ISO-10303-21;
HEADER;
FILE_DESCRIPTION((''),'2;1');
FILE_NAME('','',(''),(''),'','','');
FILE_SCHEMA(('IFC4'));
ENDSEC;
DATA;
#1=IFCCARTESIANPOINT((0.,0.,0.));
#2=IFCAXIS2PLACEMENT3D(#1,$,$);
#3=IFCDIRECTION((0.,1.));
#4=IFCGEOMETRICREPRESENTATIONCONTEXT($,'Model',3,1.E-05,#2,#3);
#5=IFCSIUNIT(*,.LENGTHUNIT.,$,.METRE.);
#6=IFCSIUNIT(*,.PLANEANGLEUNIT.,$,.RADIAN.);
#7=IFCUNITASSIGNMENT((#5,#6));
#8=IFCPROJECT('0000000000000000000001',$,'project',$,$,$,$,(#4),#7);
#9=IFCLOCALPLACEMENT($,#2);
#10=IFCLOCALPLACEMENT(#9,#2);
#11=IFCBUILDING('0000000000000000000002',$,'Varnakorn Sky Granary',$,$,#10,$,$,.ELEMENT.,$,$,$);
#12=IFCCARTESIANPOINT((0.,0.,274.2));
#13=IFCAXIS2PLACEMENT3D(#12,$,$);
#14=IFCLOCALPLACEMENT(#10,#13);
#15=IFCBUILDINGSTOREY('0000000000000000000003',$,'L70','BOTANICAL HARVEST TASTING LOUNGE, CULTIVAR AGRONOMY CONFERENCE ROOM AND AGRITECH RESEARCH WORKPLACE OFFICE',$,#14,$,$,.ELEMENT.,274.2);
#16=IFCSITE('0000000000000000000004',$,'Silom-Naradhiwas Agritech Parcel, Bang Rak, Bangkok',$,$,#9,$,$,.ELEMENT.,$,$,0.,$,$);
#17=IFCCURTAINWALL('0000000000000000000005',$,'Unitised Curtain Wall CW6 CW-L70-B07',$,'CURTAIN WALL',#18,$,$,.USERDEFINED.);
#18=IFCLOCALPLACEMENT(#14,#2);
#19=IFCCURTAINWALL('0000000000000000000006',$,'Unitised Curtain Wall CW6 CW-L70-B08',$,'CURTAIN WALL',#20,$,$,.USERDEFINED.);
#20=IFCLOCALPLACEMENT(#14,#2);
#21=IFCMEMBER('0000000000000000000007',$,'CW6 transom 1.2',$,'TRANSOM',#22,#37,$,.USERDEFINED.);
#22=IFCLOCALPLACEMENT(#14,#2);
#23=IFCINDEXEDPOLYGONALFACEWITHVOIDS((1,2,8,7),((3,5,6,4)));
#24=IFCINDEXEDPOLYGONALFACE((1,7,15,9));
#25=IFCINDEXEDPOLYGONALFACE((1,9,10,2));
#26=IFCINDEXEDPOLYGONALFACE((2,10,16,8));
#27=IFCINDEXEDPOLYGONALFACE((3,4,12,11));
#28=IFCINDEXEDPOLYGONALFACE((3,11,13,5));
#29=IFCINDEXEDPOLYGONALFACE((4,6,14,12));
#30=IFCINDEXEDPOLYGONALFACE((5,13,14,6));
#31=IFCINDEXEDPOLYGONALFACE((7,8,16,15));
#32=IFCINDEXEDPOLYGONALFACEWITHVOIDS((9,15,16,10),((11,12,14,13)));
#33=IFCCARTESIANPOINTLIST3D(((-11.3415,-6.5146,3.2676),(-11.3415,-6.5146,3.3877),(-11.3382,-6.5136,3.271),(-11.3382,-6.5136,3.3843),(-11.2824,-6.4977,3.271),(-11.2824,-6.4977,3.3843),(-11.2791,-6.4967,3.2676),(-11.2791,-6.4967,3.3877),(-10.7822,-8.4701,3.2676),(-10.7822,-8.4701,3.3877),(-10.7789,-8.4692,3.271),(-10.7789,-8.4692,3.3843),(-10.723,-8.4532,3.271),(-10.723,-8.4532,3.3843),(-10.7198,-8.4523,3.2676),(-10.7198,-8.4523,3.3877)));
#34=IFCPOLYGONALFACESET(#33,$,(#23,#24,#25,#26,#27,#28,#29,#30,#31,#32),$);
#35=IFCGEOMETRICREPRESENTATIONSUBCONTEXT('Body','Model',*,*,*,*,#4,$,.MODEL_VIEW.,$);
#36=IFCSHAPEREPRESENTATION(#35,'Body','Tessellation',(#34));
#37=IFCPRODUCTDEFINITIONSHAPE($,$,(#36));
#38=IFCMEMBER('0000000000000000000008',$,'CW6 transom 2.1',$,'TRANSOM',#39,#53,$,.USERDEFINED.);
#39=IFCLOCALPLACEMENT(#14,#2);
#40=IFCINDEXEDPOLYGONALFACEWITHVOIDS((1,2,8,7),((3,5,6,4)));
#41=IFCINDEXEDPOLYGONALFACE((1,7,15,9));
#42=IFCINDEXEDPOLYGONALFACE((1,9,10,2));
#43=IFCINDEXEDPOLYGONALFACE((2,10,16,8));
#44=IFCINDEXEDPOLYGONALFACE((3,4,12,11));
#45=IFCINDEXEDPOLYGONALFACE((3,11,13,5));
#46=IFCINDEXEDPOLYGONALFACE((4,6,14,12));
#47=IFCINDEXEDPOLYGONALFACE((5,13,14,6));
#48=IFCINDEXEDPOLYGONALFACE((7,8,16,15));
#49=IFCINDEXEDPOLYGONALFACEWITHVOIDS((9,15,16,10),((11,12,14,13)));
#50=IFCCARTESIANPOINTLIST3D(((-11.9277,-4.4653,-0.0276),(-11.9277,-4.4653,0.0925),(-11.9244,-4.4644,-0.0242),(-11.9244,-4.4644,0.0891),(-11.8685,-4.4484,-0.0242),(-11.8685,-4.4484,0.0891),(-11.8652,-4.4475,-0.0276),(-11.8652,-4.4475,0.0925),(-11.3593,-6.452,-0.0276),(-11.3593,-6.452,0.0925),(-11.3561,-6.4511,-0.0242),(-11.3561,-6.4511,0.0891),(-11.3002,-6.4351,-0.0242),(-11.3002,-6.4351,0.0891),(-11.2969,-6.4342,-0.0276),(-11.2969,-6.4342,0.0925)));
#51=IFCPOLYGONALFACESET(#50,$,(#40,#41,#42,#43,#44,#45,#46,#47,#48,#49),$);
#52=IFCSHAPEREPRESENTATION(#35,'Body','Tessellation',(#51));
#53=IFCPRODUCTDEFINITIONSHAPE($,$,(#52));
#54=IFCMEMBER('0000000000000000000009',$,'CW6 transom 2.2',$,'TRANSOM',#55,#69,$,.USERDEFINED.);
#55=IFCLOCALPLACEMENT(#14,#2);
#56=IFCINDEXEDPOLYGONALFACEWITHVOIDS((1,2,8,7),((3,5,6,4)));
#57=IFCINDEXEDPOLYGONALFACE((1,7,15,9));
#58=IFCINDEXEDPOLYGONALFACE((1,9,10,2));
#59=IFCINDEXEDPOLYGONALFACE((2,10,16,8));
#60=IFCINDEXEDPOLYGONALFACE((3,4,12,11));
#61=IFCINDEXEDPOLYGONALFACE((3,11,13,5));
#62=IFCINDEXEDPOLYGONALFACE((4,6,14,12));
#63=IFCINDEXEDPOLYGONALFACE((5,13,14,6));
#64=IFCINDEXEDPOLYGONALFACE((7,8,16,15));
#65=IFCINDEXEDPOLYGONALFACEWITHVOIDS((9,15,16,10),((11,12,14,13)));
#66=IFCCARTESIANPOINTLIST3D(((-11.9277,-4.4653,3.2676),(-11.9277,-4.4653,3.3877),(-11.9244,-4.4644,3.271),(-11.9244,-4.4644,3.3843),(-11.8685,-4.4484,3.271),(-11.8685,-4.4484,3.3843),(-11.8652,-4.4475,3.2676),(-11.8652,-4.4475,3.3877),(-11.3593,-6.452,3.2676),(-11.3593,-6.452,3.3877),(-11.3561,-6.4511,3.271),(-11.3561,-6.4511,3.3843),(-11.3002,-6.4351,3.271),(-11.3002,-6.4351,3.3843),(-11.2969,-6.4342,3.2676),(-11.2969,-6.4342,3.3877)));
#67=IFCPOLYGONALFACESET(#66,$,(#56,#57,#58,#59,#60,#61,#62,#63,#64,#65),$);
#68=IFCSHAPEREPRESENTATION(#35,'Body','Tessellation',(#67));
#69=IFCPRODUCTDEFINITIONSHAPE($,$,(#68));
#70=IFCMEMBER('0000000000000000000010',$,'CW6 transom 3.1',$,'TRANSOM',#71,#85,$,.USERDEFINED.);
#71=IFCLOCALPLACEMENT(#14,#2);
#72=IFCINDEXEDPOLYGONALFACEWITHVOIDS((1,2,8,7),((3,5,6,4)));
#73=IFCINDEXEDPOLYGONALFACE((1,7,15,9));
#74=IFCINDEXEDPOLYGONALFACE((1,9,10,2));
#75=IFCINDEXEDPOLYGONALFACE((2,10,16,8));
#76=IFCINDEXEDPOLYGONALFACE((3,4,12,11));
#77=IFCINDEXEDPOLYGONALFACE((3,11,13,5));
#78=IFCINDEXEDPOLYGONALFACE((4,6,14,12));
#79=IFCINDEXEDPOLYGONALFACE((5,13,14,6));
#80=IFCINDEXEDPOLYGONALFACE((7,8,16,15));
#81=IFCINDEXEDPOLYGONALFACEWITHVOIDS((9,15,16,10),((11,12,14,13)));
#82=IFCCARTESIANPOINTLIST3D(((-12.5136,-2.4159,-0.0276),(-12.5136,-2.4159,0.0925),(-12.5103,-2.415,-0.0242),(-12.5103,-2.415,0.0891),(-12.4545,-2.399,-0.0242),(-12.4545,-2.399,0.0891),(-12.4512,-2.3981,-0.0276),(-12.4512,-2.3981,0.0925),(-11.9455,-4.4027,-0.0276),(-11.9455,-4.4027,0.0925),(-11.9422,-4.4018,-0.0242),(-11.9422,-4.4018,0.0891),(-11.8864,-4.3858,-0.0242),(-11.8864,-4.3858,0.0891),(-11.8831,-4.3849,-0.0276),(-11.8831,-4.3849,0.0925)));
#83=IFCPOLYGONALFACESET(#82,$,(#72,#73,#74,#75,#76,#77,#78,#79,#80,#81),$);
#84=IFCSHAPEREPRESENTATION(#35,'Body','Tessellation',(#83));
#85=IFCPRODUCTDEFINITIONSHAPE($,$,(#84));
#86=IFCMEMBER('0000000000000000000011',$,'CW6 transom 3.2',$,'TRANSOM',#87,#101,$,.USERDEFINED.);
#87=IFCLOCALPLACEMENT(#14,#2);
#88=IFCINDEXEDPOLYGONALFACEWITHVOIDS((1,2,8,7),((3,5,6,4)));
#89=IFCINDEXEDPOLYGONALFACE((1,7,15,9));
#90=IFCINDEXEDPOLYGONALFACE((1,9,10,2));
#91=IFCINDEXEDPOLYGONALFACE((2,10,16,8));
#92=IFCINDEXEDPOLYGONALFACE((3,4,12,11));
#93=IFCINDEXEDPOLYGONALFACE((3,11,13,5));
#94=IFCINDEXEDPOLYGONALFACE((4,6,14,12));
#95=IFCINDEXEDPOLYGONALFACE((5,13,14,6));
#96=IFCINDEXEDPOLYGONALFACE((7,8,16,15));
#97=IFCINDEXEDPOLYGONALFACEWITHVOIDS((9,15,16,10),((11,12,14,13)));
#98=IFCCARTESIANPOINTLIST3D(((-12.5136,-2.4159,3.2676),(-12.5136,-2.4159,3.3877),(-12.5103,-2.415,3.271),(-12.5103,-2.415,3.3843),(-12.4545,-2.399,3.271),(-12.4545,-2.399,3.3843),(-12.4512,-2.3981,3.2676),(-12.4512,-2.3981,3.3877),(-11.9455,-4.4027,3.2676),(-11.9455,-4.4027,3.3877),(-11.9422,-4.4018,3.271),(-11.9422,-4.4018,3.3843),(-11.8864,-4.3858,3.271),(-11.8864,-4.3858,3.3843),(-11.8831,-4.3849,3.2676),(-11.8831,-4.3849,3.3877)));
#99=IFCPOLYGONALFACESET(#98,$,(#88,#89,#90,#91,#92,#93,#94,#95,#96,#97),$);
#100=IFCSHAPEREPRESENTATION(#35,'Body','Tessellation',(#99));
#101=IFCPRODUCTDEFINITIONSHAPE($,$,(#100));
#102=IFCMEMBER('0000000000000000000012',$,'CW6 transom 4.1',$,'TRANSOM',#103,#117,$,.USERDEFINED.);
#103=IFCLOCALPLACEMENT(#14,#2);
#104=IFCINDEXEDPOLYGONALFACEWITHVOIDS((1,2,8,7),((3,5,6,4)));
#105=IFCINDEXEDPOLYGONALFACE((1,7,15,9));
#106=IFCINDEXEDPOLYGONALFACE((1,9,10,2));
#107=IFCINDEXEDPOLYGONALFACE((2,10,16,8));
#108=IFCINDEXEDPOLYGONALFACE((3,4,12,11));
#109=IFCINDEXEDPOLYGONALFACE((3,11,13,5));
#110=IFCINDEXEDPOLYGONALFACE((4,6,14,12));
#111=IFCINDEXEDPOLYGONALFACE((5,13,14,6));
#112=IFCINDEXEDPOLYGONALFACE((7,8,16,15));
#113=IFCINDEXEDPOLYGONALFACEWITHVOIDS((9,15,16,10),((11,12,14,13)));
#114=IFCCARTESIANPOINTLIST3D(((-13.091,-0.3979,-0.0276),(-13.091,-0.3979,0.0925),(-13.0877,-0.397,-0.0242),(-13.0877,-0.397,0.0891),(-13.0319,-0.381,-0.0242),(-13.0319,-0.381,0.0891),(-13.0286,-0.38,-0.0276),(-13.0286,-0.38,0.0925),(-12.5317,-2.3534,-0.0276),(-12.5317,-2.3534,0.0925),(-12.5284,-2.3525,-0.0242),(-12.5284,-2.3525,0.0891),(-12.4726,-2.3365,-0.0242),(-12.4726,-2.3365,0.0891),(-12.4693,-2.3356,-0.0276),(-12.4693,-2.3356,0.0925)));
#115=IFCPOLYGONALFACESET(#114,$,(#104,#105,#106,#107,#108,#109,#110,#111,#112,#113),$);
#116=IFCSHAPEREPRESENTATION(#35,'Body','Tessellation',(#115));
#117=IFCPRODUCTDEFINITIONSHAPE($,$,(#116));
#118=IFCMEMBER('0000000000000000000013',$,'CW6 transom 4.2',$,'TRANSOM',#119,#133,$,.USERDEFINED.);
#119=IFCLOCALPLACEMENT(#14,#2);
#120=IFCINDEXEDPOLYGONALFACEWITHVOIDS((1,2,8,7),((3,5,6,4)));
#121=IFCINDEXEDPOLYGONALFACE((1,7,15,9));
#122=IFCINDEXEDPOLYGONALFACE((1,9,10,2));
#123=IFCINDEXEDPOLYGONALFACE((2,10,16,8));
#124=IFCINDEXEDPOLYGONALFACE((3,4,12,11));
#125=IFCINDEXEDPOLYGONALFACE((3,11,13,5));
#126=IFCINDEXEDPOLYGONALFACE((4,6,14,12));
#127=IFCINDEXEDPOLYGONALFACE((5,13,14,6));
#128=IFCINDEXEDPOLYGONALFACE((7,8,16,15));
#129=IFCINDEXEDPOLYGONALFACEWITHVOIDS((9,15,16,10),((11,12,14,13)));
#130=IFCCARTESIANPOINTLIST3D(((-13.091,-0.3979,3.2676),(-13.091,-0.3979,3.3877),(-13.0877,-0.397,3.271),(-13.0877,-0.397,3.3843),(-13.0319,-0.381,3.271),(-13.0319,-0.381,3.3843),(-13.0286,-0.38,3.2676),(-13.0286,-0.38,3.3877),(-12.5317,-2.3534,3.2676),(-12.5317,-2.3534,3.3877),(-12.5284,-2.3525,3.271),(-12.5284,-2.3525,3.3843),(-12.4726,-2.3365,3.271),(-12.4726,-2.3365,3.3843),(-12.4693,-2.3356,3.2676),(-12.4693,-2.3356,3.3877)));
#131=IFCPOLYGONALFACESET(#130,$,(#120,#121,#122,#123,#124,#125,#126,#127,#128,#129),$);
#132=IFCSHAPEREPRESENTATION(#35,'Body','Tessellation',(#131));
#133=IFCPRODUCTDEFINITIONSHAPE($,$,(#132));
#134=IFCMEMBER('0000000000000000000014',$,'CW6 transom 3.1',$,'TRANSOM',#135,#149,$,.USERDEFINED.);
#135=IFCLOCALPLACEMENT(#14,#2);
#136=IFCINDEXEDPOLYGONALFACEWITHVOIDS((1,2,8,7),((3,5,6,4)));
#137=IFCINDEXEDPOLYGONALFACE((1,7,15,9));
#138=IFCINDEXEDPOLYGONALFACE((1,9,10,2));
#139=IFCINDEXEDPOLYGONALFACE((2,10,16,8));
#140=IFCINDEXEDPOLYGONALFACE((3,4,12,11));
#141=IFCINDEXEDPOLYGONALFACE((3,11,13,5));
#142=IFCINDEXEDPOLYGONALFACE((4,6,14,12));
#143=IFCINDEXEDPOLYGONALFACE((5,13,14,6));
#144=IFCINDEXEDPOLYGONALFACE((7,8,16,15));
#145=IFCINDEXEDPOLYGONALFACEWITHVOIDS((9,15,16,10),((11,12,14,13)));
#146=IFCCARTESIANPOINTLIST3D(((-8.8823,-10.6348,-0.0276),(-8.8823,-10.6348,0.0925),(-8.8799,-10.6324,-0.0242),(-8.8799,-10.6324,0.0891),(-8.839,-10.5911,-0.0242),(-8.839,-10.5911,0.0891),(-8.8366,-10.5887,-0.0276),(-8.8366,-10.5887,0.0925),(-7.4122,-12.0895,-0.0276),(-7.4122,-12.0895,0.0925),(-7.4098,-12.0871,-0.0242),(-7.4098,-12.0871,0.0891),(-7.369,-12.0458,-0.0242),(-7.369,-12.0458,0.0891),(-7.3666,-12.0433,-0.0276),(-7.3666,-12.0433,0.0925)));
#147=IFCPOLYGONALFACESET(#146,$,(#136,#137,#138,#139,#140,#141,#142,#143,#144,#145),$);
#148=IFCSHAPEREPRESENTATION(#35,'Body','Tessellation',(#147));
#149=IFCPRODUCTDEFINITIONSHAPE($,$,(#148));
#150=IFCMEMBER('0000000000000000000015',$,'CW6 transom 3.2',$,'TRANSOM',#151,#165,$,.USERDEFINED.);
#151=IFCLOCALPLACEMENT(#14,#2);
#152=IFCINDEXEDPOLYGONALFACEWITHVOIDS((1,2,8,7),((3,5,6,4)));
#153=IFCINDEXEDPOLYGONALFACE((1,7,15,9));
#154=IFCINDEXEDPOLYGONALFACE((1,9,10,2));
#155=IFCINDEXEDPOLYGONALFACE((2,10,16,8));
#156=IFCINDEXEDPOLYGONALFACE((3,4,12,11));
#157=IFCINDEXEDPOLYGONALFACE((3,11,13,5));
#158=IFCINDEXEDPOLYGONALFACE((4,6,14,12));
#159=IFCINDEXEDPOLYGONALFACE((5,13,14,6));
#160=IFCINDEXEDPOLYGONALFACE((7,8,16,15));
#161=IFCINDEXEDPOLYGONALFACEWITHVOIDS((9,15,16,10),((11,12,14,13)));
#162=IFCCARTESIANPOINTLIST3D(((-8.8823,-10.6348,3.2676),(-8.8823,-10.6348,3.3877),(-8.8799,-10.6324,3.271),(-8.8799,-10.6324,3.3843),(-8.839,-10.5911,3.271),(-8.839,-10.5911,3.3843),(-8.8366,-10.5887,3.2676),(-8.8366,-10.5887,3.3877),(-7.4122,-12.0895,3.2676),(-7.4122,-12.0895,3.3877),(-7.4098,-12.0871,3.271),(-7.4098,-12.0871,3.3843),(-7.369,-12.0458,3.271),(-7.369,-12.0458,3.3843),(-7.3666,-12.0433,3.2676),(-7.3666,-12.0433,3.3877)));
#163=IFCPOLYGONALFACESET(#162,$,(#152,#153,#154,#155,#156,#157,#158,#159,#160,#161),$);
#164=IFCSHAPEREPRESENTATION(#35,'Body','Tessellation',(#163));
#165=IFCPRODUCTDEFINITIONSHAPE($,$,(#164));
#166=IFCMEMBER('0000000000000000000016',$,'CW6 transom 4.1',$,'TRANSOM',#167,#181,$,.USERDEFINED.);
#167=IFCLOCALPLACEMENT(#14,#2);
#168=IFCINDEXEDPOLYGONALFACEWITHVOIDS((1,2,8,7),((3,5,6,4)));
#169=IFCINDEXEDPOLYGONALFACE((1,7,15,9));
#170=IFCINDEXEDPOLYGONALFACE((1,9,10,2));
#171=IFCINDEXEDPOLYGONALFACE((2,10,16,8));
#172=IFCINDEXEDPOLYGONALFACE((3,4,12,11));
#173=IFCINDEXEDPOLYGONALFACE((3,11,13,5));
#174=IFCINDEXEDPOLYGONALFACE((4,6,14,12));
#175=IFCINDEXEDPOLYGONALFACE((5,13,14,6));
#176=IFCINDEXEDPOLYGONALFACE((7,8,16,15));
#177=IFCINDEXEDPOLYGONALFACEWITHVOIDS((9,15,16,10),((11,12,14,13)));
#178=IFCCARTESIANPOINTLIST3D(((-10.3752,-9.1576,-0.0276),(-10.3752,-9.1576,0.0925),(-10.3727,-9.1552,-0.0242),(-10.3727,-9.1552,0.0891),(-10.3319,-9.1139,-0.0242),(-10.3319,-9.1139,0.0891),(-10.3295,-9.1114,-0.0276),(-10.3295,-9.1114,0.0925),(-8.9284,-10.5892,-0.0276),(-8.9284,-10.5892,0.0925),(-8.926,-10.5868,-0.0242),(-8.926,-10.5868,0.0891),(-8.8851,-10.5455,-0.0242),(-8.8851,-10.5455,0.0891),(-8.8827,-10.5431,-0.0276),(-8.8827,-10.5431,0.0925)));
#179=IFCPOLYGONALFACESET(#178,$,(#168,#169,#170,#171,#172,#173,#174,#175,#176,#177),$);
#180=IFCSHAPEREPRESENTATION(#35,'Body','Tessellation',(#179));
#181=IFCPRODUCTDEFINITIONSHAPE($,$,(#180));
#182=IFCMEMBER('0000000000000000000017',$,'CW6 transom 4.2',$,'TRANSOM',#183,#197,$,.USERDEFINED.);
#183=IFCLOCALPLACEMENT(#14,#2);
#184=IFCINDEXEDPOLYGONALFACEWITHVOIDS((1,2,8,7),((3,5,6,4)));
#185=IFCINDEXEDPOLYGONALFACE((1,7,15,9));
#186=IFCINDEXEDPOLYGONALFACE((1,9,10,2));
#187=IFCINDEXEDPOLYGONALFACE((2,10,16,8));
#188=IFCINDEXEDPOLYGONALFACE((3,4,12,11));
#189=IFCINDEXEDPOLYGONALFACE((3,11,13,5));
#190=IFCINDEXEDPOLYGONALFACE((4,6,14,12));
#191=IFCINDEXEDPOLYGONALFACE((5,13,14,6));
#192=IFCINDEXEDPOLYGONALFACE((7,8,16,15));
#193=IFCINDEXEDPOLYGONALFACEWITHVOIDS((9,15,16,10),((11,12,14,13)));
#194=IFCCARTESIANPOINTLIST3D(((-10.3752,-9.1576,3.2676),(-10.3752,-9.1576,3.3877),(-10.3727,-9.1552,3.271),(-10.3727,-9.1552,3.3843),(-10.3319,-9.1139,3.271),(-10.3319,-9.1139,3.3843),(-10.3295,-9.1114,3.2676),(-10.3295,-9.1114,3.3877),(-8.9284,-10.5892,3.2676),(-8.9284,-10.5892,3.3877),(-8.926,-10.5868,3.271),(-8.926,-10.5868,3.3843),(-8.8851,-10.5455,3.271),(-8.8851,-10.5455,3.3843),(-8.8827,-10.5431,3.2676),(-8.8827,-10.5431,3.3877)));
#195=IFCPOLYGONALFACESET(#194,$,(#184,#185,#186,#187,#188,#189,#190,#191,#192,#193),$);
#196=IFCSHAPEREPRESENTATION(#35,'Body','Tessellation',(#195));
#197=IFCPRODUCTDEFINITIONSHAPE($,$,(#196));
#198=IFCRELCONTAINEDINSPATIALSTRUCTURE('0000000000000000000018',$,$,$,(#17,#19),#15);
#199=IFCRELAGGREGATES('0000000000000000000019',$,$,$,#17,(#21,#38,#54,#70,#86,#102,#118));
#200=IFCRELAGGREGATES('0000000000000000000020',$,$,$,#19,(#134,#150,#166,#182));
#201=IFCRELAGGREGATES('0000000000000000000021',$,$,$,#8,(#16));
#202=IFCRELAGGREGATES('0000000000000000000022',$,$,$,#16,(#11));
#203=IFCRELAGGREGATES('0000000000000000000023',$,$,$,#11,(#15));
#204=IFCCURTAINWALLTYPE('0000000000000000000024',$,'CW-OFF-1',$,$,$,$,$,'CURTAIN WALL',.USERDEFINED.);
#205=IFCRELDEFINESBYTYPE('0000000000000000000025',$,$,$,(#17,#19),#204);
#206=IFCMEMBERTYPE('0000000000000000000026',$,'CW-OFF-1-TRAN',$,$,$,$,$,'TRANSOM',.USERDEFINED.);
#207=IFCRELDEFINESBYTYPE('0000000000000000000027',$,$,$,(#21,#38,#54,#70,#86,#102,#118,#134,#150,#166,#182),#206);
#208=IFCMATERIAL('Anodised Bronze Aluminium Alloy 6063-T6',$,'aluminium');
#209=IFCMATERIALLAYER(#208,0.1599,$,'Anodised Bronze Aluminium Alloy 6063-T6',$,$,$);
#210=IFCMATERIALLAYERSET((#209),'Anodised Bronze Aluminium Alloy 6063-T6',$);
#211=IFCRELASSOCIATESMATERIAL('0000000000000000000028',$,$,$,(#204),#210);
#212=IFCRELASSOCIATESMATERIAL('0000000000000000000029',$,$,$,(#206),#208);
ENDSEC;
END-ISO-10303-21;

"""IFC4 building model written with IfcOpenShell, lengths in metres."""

from ifc_helpers import new_model, si_unit, direction, frame, origin, origin_2d, place, context, subcontext, project, spatial, hollow_rectangle, extrude, material, layer, layer_set, material_profile, profile_set, type_object, element, aggregate, save


model = new_model("IFC4")

# Units and contexts
model_context = context("Model", 3, precision=1e-05, world=origin(), true_north=direction((0.0, 1.0)))
body_context = subcontext(model_context, "Body", "Model", "MODEL_VIEW")
ifc_project = project(units=[si_unit("LENGTHUNIT", "METRE"), si_unit("PLANEANGLEUNIT", "RADIAN")], contexts=[model_context])

# Site, building, storey
site_placement = place(None, origin())
site = spatial("IfcSite", under=ifc_project, at=site_placement, Name="Silom-Naradhiwas Agritech Parcel, Bang Rak, Bangkok", CompositionType="ELEMENT", RefElevation=0.0)
building_placement = place(site_placement, origin())
building = spatial("IfcBuilding", under=site, at=building_placement, Name="Varnakorn Sky Granary", CompositionType="ELEMENT")
storey_placement = place(building_placement, frame((0.0, 0.0, 274.2)))
storey = spatial("IfcBuildingStorey", under=building, at=storey_placement, Name="L70", Description="BOTANICAL HARVEST TASTING LOUNGE, CULTIVAR AGRONOMY CONFERENCE ROOM AND AGRITECH RESEARCH WORKPLACE OFFICE", CompositionType="ELEMENT", Elevation=274.2)

# Curtain walls
ifc_material_1 = material(Name="Anodised Bronze Aluminium Alloy 6063-T6", Category="aluminium")
ifc_layer_1 = layer(ifc_material_1, 0.1599, Name="Anodised Bronze Aluminium Alloy 6063-T6")
ifc_layer_set_1 = layer_set([ifc_layer_1], Name="Anodised Bronze Aluminium Alloy 6063-T6")
curtain_wall_type = type_object("IfcCurtainWallType", Name="CW-OFF-1", ElementType="CURTAIN WALL", PredefinedType="USERDEFINED", material=ifc_layer_set_1)
curtain_wall_1_placement = place(storey_placement, origin())
curtain_wall_1 = element("IfcCurtainWall", 1, at=curtain_wall_1_placement, inside=storey, type_object=curtain_wall_type, Name="Unitised Curtain Wall CW6 CW-L70-B07", ObjectType="CURTAIN WALL", PredefinedType="USERDEFINED")
curtain_wall_2_placement = place(storey_placement, origin())
curtain_wall_2 = element("IfcCurtainWall", 2, at=curtain_wall_2_placement, inside=storey, type_object=curtain_wall_type, Name="Unitised Curtain Wall CW6 CW-L70-B08", ObjectType="CURTAIN WALL", PredefinedType="USERDEFINED")

# Members
ifc_material_profile_1 = material_profile(ifc_material_1, hollow_rectangle(XDim=0.0649, YDim=0.1201, WallThickness=0.0034, at=origin_2d()), Name="ALU TRAN 65x120")
ifc_profile_set_1 = profile_set([ifc_material_profile_1], Name="Anodised Bronze Aluminium Alloy 6063-T6")
member_type_1 = type_object("IfcMemberType", Name="CW-OFF-1-TRAN", ElementType="TRANSOM", PredefinedType="USERDEFINED", material=ifc_profile_set_1)
member_1_placement = place(storey_placement, frame((-10.751, -8.4612, 3.3276), z_axis=(-0.274991, 0.961447, 0.0), x_axis=(-0.961447, -0.274991, 0.0)))
member_1 = element("IfcMember", 3, at=member_1_placement, type_object=member_type_1, Name="CW6 transom 1.2", ObjectType="TRANSOM", PredefinedType="USERDEFINED", context=body_context, shape_type="SweptSolid", body=[
    extrude(hollow_rectangle(XDim=0.0649, YDim=0.1201, WallThickness=0.0034, at=origin_2d()), origin(), (0.0, 0.0, 1.0), 2.0339),
])
member_2_placement = place(storey_placement, frame((-11.3281, -6.4431, 0.0325), z_axis=(-0.275033, 0.961435, 0.0), x_axis=(-0.961435, -0.275033, 0.0)))
member_2 = element("IfcMember", 4, at=member_2_placement, type_object=member_type_1, Name="CW6 transom 2.1", ObjectType="TRANSOM", PredefinedType="USERDEFINED", context=body_context, shape_type="SweptSolid", body=[
    extrude(hollow_rectangle(XDim=0.0649, YDim=0.1201, WallThickness=0.0034, at=origin_2d()), origin(), (0.0, 0.0, 1.0), 2.0664),
])
member_3_placement = place(storey_placement, frame((-11.3281, -6.4431, 3.3276), z_axis=(-0.275033, 0.961435, 0.0), x_axis=(-0.961435, -0.275033, 0.0)))
member_3 = element("IfcMember", 5, at=member_3_placement, type_object=member_type_1, Name="CW6 transom 2.2", ObjectType="TRANSOM", PredefinedType="USERDEFINED", context=body_context, shape_type="SweptSolid", body=[
    extrude(hollow_rectangle(XDim=0.0649, YDim=0.1201, WallThickness=0.0034, at=origin_2d()), origin(), (0.0, 0.0, 1.0), 2.0664),
])
member_4_placement = place(storey_placement, frame((-11.9143, -4.3938, 0.0325), z_axis=(-0.274924, 0.961466, 0.0), x_axis=(-0.961466, -0.274924, 0.0)))
member_4 = element("IfcMember", 6, at=member_4_placement, type_object=member_type_1, Name="CW6 transom 3.1", ObjectType="TRANSOM", PredefinedType="USERDEFINED", context=body_context, shape_type="SweptSolid", body=[
    extrude(hollow_rectangle(XDim=0.0649, YDim=0.1201, WallThickness=0.0034, at=origin_2d()), origin(), (0.0, 0.0, 1.0), 2.0664),
])
member_5_placement = place(storey_placement, frame((-11.9143, -4.3938, 3.3276), z_axis=(-0.274924, 0.961466, 0.0), x_axis=(-0.961466, -0.274924, 0.0)))
member_5 = element("IfcMember", 7, at=member_5_placement, type_object=member_type_1, Name="CW6 transom 3.2", ObjectType="TRANSOM", PredefinedType="USERDEFINED", context=body_context, shape_type="SweptSolid", body=[
    extrude(hollow_rectangle(XDim=0.0649, YDim=0.1201, WallThickness=0.0034, at=origin_2d()), origin(), (0.0, 0.0, 1.0), 2.0664),
])
member_6_placement = place(storey_placement, frame((-12.5005, -2.3445, 0.0325), z_axis=(-0.274991, 0.961447, 0.0), x_axis=(-0.961447, -0.274991, 0.0)))
member_6 = element("IfcMember", 8, at=member_6_placement, type_object=member_type_1, Name="CW6 transom 4.1", ObjectType="TRANSOM", PredefinedType="USERDEFINED", context=body_context, shape_type="SweptSolid", body=[
    extrude(hollow_rectangle(XDim=0.0649, YDim=0.1201, WallThickness=0.0034, at=origin_2d()), origin(), (0.0, 0.0, 1.0), 2.0339),
])
member_7_placement = place(storey_placement, frame((-12.5005, -2.3445, 3.3276), z_axis=(-0.274991, 0.961447, 0.0), x_axis=(-0.961447, -0.274991, 0.0)))
member_7 = element("IfcMember", 9, at=member_7_placement, type_object=member_type_1, Name="CW6 transom 4.2", ObjectType="TRANSOM", PredefinedType="USERDEFINED", context=body_context, shape_type="SweptSolid", body=[
    extrude(hollow_rectangle(XDim=0.0649, YDim=0.1201, WallThickness=0.0034, at=origin_2d()), origin(), (0.0, 0.0, 1.0), 2.0339),
])
member_8_placement = place(storey_placement, frame((-7.3894, -12.0664, 0.0325), z_axis=(-0.710816, 0.703378, 0.0), x_axis=(-0.703378, -0.710816, 0.0)))
member_8 = element("IfcMember", 10, at=member_8_placement, type_object=member_type_1, Name="CW6 transom 3.1", ObjectType="TRANSOM", PredefinedType="USERDEFINED", context=body_context, shape_type="SweptSolid", body=[
    extrude(hollow_rectangle(XDim=0.0649, YDim=0.1201, WallThickness=0.0034, at=origin_2d()), origin(), (0.0, 0.0, 1.0), 2.0681),
])
member_9_placement = place(storey_placement, frame((-7.3894, -12.0664, 3.3276), z_axis=(-0.710816, 0.703378, 0.0), x_axis=(-0.703378, -0.710816, 0.0)))
member_9 = element("IfcMember", 11, at=member_9_placement, type_object=member_type_1, Name="CW6 transom 3.2", ObjectType="TRANSOM", PredefinedType="USERDEFINED", context=body_context, shape_type="SweptSolid", body=[
    extrude(hollow_rectangle(XDim=0.0649, YDim=0.1201, WallThickness=0.0034, at=origin_2d()), origin(), (0.0, 0.0, 1.0), 2.0681),
])
member_10_placement = place(storey_placement, frame((-8.9055, -10.5662, 0.0325), z_axis=(-0.710815, 0.703379, 0.0), x_axis=(-0.703379, -0.710815, 0.0)))
member_10 = element("IfcMember", 12, at=member_10_placement, type_object=member_type_1, Name="CW6 transom 4.1", ObjectType="TRANSOM", PredefinedType="USERDEFINED", context=body_context, shape_type="SweptSolid", body=[
    extrude(hollow_rectangle(XDim=0.0649, YDim=0.1201, WallThickness=0.0034, at=origin_2d()), origin(), (0.0, 0.0, 1.0), 2.0354),
])
member_11_placement = place(storey_placement, frame((-8.9055, -10.5662, 3.3276), z_axis=(-0.710815, 0.703379, 0.0), x_axis=(-0.703379, -0.710815, 0.0)))
member_11 = element("IfcMember", 13, at=member_11_placement, type_object=member_type_1, Name="CW6 transom 4.2", ObjectType="TRANSOM", PredefinedType="USERDEFINED", context=body_context, shape_type="SweptSolid", body=[
    extrude(hollow_rectangle(XDim=0.0649, YDim=0.1201, WallThickness=0.0034, at=origin_2d()), origin(), (0.0, 0.0, 1.0), 2.0354),
])

aggregate(curtain_wall_1, [member_1, member_2, member_3, member_4, member_5, member_6, member_7])
aggregate(curtain_wall_2, [member_8, member_9, member_10, member_11])

save(model, "model.ifc")
